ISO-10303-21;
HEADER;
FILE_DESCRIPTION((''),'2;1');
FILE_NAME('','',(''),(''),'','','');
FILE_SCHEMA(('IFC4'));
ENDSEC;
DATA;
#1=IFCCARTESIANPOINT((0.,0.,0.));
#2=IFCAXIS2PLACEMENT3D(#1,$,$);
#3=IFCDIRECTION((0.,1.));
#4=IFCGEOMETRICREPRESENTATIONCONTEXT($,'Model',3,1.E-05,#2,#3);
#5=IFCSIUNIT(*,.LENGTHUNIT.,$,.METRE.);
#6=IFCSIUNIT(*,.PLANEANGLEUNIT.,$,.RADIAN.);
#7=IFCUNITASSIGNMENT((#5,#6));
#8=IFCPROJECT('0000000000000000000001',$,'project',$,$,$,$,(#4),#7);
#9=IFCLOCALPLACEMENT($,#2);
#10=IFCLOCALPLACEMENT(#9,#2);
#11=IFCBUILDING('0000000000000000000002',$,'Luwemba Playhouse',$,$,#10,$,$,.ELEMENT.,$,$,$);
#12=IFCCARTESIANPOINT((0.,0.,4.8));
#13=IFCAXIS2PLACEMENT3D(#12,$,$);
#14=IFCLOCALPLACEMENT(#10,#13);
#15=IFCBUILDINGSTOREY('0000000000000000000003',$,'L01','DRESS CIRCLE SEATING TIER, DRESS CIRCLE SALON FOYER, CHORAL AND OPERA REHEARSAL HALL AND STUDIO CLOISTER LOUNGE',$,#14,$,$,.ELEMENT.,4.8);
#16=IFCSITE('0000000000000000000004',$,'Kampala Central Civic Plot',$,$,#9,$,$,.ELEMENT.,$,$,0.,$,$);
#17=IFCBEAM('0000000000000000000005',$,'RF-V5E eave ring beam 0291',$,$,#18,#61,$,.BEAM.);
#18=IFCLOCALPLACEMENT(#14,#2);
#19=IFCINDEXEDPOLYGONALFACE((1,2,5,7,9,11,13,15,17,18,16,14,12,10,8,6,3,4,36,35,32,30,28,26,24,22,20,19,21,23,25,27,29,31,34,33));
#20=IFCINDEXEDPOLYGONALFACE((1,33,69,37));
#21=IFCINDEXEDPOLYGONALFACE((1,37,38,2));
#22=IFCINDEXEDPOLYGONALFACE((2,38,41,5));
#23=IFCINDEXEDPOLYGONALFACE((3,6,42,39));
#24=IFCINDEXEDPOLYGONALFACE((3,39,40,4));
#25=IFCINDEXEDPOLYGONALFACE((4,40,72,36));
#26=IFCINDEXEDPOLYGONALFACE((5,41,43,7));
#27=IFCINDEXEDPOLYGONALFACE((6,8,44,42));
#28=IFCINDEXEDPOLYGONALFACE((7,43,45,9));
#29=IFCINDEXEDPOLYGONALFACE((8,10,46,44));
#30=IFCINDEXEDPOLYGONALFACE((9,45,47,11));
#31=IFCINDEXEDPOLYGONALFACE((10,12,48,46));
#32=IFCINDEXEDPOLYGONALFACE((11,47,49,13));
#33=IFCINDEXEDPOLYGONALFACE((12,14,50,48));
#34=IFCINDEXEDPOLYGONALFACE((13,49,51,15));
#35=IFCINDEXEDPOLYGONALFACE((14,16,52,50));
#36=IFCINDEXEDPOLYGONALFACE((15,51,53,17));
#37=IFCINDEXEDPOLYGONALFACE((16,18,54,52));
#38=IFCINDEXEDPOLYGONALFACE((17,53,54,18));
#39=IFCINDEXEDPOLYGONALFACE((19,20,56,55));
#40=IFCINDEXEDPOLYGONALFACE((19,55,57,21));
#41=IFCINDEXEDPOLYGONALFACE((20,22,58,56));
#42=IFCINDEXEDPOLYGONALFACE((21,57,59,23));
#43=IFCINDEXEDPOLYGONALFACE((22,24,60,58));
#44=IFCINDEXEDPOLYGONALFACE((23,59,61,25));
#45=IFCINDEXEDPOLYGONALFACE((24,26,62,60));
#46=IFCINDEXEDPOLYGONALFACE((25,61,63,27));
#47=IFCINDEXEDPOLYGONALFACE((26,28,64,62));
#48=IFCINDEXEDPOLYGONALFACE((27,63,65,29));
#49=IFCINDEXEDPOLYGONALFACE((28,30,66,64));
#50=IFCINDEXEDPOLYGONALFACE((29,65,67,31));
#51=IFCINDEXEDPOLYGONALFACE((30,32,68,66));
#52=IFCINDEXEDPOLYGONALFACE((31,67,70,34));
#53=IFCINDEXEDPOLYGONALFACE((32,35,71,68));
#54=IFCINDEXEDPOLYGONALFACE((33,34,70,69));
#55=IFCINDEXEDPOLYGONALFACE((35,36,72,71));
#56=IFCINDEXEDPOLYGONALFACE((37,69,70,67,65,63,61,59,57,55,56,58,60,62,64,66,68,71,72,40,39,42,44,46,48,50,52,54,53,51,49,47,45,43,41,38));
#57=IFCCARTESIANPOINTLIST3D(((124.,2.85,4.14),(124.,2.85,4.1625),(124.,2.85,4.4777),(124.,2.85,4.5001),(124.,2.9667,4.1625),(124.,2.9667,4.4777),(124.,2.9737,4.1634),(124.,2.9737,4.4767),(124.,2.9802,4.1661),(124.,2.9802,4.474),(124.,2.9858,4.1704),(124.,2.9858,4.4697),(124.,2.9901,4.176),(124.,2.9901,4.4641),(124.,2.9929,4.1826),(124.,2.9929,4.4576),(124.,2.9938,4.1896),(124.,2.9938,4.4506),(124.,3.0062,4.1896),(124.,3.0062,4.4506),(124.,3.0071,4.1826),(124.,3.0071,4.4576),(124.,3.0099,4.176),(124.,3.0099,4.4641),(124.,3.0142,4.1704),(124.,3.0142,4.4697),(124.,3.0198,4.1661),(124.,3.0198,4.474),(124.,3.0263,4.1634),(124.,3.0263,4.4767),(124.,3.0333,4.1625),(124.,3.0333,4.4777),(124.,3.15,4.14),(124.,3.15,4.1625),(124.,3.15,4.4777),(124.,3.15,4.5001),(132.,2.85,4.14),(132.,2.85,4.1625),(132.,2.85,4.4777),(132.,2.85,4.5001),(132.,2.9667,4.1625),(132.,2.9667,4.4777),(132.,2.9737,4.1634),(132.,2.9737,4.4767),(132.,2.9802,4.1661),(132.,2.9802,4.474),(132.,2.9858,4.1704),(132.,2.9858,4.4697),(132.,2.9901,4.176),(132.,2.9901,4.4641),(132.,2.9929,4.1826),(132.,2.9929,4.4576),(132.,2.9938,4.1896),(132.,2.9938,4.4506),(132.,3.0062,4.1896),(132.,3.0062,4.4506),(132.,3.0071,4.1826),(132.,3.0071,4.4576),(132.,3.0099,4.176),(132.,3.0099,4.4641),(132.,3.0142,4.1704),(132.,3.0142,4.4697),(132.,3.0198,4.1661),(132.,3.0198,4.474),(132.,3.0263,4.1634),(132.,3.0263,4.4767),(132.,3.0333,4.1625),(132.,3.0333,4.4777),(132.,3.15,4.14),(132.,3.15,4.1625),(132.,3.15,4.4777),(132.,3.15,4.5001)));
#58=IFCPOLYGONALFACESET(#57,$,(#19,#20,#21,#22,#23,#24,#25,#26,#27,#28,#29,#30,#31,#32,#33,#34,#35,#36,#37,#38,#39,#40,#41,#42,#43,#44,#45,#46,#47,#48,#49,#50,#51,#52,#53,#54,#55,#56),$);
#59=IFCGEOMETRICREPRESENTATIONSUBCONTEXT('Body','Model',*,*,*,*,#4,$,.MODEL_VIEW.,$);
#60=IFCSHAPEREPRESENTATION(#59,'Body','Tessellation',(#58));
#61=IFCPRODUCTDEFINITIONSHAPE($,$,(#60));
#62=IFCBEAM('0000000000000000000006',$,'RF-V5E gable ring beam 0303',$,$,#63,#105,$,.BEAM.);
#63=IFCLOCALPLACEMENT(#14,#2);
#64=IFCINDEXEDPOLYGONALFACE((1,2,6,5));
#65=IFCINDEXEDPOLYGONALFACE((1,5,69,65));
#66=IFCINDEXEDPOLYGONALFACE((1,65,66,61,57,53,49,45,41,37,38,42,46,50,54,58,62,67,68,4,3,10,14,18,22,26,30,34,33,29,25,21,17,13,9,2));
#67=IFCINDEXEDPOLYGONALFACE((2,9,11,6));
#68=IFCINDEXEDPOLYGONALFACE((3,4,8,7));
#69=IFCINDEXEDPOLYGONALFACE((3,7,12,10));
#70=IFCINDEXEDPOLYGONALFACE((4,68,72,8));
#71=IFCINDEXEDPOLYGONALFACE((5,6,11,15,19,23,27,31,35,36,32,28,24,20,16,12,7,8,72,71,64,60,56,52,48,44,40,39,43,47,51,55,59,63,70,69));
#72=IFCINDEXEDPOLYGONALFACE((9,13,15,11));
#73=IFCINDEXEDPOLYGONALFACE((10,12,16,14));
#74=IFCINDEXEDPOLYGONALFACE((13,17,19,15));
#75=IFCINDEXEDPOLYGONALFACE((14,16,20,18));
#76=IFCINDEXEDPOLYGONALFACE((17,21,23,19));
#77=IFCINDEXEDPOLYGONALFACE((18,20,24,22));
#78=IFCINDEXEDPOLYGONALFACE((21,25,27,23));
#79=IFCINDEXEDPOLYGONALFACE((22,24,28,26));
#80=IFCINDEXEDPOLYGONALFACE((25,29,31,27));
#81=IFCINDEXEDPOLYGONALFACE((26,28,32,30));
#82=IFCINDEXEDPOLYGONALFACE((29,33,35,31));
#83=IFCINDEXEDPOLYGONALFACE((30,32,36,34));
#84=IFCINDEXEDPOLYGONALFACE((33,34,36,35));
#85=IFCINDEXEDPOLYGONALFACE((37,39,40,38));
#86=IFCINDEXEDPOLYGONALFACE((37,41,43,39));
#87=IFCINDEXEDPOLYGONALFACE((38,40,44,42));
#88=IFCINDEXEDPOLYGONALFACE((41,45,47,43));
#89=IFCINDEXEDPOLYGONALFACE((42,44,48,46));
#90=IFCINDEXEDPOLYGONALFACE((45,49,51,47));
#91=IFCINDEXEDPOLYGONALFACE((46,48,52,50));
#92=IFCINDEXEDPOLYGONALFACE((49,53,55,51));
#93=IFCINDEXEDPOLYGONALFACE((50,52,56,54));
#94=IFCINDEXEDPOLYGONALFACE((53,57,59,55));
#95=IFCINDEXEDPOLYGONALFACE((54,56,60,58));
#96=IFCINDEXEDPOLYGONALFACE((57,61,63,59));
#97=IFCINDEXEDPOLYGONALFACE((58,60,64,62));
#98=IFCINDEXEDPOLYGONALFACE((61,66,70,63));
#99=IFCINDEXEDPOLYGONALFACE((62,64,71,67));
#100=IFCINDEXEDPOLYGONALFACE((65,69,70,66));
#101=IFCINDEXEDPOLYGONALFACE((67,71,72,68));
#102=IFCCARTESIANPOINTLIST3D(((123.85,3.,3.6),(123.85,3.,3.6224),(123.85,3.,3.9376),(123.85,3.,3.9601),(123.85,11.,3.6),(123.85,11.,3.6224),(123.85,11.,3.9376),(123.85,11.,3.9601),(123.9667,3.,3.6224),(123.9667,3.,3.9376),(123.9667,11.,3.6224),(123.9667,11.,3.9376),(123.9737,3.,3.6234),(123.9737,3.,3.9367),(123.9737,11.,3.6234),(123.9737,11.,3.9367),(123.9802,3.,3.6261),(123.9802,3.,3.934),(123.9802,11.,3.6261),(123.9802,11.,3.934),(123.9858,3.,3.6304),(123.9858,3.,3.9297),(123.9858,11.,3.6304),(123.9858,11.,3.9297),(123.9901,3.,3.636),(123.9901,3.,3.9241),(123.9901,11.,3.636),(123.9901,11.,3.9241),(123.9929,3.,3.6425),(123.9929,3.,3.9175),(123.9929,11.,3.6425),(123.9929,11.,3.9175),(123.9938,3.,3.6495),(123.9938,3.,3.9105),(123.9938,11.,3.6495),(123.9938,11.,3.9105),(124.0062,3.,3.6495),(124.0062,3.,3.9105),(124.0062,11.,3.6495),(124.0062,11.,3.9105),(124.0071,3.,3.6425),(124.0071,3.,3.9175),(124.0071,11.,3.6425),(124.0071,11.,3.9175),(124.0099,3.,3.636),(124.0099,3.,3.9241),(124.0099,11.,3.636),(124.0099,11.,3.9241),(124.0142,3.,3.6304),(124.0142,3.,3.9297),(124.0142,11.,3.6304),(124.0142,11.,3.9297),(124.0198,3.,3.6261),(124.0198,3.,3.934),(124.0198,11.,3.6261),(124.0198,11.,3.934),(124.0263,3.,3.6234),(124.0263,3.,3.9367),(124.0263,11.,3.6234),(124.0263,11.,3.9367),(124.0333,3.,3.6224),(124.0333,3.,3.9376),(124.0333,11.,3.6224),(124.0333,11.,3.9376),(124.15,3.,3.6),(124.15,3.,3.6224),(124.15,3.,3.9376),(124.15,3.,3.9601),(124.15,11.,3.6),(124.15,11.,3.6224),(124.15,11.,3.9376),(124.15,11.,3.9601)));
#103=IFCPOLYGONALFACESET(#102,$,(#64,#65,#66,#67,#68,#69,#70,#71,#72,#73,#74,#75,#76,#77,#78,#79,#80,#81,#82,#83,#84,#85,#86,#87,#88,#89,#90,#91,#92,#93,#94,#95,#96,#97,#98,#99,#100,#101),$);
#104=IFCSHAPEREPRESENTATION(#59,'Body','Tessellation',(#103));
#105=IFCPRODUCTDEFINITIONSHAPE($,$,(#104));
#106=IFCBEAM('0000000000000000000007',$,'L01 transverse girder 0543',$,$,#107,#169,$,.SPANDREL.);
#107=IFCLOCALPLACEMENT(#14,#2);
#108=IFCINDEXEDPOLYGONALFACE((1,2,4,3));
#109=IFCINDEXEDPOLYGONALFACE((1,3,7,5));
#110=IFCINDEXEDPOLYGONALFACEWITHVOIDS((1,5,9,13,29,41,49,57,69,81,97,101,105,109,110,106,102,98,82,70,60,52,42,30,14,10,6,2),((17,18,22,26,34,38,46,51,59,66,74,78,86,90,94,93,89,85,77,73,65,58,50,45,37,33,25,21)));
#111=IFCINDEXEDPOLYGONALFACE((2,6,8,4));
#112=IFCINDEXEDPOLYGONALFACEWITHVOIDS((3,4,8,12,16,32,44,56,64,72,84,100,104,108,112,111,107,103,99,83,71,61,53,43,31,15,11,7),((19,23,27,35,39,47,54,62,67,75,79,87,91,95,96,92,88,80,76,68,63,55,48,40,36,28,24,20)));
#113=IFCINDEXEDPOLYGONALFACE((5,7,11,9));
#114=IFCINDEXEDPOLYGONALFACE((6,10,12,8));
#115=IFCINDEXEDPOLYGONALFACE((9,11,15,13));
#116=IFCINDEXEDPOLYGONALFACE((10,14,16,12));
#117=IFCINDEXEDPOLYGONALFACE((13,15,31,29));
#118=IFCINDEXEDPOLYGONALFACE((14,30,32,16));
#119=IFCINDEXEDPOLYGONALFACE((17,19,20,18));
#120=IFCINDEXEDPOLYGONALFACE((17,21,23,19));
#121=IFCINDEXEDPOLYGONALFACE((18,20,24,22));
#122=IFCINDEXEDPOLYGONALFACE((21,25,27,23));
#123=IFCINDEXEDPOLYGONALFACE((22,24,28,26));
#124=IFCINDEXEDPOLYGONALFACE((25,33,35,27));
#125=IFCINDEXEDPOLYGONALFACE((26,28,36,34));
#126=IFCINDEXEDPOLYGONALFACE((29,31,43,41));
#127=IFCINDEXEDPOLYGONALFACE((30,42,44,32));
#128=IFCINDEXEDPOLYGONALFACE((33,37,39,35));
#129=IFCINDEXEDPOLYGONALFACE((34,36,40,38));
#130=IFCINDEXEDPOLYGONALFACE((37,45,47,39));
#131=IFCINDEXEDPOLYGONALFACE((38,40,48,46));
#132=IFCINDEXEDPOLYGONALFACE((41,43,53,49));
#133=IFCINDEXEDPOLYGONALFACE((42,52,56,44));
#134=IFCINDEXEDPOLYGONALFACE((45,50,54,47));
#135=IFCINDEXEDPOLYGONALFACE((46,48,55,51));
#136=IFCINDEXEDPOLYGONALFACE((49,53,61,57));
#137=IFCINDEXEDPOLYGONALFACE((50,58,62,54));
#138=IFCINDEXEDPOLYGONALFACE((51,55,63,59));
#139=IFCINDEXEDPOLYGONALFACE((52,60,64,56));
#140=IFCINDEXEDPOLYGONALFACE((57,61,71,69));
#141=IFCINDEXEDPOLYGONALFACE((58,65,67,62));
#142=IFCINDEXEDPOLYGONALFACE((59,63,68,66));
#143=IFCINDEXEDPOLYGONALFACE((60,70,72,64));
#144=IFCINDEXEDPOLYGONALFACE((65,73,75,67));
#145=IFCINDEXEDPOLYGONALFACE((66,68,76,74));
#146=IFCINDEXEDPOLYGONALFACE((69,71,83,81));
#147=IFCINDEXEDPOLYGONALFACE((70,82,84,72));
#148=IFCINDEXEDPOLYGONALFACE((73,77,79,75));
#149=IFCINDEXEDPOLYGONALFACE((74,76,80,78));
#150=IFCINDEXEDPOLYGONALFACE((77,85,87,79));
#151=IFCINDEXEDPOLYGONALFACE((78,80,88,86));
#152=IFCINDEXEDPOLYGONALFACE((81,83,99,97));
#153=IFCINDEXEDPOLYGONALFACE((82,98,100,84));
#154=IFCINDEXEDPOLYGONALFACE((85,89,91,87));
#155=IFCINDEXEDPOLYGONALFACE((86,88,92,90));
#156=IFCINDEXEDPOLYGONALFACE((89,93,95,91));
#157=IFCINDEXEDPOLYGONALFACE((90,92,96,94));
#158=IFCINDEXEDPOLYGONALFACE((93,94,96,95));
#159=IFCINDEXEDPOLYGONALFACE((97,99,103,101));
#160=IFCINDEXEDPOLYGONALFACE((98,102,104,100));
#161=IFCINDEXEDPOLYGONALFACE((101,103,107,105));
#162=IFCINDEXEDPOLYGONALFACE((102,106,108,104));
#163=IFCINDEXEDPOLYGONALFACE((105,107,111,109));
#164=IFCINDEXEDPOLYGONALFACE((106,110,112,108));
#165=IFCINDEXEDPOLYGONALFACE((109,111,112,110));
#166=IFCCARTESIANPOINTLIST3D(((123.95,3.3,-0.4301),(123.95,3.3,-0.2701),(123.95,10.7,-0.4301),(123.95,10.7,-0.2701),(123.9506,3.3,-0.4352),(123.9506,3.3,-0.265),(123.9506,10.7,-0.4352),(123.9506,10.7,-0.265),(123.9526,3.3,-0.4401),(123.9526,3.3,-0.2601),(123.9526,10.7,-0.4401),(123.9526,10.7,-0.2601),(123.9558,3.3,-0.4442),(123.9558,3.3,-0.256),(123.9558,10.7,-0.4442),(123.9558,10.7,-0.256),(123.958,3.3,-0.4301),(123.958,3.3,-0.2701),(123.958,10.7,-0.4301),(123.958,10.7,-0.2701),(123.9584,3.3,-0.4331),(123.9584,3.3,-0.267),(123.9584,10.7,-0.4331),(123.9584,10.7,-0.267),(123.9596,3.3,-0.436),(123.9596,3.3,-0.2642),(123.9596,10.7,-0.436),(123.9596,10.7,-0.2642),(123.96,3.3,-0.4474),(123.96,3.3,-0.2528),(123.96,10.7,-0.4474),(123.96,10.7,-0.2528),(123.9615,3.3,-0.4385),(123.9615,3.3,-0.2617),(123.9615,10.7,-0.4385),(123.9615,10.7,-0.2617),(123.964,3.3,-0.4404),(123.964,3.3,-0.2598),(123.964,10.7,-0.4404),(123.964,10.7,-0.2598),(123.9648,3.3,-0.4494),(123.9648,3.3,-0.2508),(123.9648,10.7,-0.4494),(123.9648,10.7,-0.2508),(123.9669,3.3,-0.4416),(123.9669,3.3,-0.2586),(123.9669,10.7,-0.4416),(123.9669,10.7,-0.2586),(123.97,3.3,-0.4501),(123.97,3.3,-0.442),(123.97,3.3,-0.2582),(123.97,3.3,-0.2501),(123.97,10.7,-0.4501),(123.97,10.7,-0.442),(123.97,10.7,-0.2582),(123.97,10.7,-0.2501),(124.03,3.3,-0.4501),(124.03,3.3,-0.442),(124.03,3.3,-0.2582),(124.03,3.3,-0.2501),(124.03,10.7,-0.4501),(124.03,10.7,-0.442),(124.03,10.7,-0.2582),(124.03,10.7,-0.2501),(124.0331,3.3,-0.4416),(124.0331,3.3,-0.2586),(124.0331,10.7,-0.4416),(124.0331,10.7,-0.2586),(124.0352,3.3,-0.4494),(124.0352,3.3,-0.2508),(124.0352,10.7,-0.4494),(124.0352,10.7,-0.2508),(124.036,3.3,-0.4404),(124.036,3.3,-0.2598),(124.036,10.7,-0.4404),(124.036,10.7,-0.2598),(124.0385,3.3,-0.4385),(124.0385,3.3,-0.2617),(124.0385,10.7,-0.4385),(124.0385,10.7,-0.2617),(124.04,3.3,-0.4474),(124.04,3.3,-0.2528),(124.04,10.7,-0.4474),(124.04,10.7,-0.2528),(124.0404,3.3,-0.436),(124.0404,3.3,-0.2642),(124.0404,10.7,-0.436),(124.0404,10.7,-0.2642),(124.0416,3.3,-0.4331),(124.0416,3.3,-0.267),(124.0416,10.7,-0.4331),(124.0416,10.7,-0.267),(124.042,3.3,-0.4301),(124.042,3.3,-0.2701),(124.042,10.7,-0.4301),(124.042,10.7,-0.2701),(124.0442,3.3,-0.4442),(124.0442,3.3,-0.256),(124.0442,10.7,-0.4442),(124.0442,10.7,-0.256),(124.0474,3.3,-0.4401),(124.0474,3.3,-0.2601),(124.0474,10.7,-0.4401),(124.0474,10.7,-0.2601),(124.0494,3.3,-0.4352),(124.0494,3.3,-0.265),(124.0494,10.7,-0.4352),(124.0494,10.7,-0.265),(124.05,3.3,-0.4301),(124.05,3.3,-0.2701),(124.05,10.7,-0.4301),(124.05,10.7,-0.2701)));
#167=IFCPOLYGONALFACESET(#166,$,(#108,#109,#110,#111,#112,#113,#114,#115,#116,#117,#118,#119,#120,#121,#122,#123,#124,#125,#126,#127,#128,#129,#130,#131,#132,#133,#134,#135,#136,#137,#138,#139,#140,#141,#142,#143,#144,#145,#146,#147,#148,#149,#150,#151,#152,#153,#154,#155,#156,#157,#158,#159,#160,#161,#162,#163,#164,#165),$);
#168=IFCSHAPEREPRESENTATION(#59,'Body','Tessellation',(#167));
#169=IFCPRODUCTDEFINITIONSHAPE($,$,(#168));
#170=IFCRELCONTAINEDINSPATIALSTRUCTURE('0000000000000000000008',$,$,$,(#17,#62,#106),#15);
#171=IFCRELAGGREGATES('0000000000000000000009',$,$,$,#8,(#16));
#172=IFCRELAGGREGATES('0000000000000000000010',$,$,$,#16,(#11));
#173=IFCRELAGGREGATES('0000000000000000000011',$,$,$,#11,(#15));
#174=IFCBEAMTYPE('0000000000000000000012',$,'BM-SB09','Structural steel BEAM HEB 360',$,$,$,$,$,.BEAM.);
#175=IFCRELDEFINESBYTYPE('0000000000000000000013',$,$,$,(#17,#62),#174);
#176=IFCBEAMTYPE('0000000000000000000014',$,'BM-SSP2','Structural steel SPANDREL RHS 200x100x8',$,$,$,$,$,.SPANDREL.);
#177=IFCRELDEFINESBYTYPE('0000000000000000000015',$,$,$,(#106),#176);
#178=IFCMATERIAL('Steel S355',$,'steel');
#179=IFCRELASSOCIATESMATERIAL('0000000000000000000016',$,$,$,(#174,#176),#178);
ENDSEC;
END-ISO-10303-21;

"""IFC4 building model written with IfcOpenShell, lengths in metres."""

from ifc_helpers import new_model, si_unit, direction, frame, origin, origin_2d, place, context, subcontext, project, spatial, hollow_rectangle, i_section, extrude, material, material_profile, profile_set, type_object, element, save


model = new_model("IFC4")

# Units and contexts
model_context = context("Model", 3, precision=1e-05, world=origin(), true_north=direction((0.0, 1.0)))
body_context = subcontext(model_context, "Body", "Model", "MODEL_VIEW")
ifc_project = project(units=[si_unit("LENGTHUNIT", "METRE"), si_unit("PLANEANGLEUNIT", "RADIAN")], contexts=[model_context])

# Site, building, storey
site_placement = place(None, origin())
site = spatial("IfcSite", under=ifc_project, at=site_placement, Name="Kampala Central Civic Plot", CompositionType="ELEMENT", RefElevation=0.0)
building_placement = place(site_placement, origin())
building = spatial("IfcBuilding", under=site, at=building_placement, Name="Luwemba Playhouse", CompositionType="ELEMENT")
storey_placement = place(building_placement, frame((0.0, 0.0, 4.8)))
storey = spatial("IfcBuildingStorey", under=building, at=storey_placement, Name="L01", Description="DRESS CIRCLE SEATING TIER, DRESS CIRCLE SALON FOYER, CHORAL AND OPERA REHEARSAL HALL AND STUDIO CLOISTER LOUNGE", CompositionType="ELEMENT", Elevation=4.8)

# Shared definitions
ifc_material_1 = material(Name="Steel S355", Category="steel")

# Beams
ifc_material_profile_1 = material_profile(ifc_material_1, i_section(OverallWidth=0.3, OverallDepth=0.3601, WebThickness=0.0125, FlangeThickness=0.0225, FilletRadius=0.0271, at=origin_2d()))
ifc_profile_set_1 = profile_set([ifc_material_profile_1], Name="Steel S355")
beam_type_1 = type_object("IfcBeamType", Name="BM-SB09", Description="Structural steel BEAM HEB 360", PredefinedType="BEAM", material=ifc_profile_set_1)
for number, where, z_axis, x_axis, name in (
    (1, (124.0, 3.0, 4.3201), (1.0, 0.0, 0.0), (0.0, 1.0, 0.0), "RF-V5E eave ring beam 0291"),
    (2, (124.0, 3.0, 3.78), (0.0, 1.0, 0.0), (-1.0, 0.0, 0.0), "RF-V5E gable ring beam 0303"),
):
    element("IfcBeam", number, at=place(storey_placement, frame(where, z_axis=z_axis, x_axis=x_axis)), inside=storey, type_object=beam_type_1, Name=name, PredefinedType="BEAM", context=body_context, shape_type="SweptSolid", body=[
        extrude(i_section(OverallWidth=0.3, OverallDepth=0.3601, WebThickness=0.0125, FlangeThickness=0.0225, FilletRadius=0.0271, at=origin_2d()), origin(), (0.0, 0.0, 1.0), 8.0),
    ])
ifc_material_profile_2 = material_profile(ifc_material_1, hollow_rectangle(XDim=0.1001, YDim=0.2, WallThickness=0.0081, InnerFilletRadius=0.012, OuterFilletRadius=0.02, at=origin_2d()))
ifc_profile_set_2 = profile_set([ifc_material_profile_2], Name="Steel S355")
beam_type_2 = type_object("IfcBeamType", Name="BM-SSP2", Description="Structural steel SPANDREL RHS 200x100x8", PredefinedType="SPANDREL", material=ifc_profile_set_2)
beam_1_placement = place(storey_placement, frame((124.0, 3.3, -0.3501), z_axis=(0.0, 1.0, 0.0), x_axis=(-1.0, 0.0, 0.0)))
element("IfcBeam", 3, at=beam_1_placement, inside=storey, type_object=beam_type_2, Name="L01 transverse girder 0543", PredefinedType="SPANDREL", context=body_context, shape_type="SweptSolid", body=[
    extrude(hollow_rectangle(XDim=0.1001, YDim=0.2, WallThickness=0.0081, InnerFilletRadius=0.012, OuterFilletRadius=0.02, at=origin_2d()), origin(), (0.0, 0.0, 1.0), 7.3999),
])

save(model, "model.ifc")
